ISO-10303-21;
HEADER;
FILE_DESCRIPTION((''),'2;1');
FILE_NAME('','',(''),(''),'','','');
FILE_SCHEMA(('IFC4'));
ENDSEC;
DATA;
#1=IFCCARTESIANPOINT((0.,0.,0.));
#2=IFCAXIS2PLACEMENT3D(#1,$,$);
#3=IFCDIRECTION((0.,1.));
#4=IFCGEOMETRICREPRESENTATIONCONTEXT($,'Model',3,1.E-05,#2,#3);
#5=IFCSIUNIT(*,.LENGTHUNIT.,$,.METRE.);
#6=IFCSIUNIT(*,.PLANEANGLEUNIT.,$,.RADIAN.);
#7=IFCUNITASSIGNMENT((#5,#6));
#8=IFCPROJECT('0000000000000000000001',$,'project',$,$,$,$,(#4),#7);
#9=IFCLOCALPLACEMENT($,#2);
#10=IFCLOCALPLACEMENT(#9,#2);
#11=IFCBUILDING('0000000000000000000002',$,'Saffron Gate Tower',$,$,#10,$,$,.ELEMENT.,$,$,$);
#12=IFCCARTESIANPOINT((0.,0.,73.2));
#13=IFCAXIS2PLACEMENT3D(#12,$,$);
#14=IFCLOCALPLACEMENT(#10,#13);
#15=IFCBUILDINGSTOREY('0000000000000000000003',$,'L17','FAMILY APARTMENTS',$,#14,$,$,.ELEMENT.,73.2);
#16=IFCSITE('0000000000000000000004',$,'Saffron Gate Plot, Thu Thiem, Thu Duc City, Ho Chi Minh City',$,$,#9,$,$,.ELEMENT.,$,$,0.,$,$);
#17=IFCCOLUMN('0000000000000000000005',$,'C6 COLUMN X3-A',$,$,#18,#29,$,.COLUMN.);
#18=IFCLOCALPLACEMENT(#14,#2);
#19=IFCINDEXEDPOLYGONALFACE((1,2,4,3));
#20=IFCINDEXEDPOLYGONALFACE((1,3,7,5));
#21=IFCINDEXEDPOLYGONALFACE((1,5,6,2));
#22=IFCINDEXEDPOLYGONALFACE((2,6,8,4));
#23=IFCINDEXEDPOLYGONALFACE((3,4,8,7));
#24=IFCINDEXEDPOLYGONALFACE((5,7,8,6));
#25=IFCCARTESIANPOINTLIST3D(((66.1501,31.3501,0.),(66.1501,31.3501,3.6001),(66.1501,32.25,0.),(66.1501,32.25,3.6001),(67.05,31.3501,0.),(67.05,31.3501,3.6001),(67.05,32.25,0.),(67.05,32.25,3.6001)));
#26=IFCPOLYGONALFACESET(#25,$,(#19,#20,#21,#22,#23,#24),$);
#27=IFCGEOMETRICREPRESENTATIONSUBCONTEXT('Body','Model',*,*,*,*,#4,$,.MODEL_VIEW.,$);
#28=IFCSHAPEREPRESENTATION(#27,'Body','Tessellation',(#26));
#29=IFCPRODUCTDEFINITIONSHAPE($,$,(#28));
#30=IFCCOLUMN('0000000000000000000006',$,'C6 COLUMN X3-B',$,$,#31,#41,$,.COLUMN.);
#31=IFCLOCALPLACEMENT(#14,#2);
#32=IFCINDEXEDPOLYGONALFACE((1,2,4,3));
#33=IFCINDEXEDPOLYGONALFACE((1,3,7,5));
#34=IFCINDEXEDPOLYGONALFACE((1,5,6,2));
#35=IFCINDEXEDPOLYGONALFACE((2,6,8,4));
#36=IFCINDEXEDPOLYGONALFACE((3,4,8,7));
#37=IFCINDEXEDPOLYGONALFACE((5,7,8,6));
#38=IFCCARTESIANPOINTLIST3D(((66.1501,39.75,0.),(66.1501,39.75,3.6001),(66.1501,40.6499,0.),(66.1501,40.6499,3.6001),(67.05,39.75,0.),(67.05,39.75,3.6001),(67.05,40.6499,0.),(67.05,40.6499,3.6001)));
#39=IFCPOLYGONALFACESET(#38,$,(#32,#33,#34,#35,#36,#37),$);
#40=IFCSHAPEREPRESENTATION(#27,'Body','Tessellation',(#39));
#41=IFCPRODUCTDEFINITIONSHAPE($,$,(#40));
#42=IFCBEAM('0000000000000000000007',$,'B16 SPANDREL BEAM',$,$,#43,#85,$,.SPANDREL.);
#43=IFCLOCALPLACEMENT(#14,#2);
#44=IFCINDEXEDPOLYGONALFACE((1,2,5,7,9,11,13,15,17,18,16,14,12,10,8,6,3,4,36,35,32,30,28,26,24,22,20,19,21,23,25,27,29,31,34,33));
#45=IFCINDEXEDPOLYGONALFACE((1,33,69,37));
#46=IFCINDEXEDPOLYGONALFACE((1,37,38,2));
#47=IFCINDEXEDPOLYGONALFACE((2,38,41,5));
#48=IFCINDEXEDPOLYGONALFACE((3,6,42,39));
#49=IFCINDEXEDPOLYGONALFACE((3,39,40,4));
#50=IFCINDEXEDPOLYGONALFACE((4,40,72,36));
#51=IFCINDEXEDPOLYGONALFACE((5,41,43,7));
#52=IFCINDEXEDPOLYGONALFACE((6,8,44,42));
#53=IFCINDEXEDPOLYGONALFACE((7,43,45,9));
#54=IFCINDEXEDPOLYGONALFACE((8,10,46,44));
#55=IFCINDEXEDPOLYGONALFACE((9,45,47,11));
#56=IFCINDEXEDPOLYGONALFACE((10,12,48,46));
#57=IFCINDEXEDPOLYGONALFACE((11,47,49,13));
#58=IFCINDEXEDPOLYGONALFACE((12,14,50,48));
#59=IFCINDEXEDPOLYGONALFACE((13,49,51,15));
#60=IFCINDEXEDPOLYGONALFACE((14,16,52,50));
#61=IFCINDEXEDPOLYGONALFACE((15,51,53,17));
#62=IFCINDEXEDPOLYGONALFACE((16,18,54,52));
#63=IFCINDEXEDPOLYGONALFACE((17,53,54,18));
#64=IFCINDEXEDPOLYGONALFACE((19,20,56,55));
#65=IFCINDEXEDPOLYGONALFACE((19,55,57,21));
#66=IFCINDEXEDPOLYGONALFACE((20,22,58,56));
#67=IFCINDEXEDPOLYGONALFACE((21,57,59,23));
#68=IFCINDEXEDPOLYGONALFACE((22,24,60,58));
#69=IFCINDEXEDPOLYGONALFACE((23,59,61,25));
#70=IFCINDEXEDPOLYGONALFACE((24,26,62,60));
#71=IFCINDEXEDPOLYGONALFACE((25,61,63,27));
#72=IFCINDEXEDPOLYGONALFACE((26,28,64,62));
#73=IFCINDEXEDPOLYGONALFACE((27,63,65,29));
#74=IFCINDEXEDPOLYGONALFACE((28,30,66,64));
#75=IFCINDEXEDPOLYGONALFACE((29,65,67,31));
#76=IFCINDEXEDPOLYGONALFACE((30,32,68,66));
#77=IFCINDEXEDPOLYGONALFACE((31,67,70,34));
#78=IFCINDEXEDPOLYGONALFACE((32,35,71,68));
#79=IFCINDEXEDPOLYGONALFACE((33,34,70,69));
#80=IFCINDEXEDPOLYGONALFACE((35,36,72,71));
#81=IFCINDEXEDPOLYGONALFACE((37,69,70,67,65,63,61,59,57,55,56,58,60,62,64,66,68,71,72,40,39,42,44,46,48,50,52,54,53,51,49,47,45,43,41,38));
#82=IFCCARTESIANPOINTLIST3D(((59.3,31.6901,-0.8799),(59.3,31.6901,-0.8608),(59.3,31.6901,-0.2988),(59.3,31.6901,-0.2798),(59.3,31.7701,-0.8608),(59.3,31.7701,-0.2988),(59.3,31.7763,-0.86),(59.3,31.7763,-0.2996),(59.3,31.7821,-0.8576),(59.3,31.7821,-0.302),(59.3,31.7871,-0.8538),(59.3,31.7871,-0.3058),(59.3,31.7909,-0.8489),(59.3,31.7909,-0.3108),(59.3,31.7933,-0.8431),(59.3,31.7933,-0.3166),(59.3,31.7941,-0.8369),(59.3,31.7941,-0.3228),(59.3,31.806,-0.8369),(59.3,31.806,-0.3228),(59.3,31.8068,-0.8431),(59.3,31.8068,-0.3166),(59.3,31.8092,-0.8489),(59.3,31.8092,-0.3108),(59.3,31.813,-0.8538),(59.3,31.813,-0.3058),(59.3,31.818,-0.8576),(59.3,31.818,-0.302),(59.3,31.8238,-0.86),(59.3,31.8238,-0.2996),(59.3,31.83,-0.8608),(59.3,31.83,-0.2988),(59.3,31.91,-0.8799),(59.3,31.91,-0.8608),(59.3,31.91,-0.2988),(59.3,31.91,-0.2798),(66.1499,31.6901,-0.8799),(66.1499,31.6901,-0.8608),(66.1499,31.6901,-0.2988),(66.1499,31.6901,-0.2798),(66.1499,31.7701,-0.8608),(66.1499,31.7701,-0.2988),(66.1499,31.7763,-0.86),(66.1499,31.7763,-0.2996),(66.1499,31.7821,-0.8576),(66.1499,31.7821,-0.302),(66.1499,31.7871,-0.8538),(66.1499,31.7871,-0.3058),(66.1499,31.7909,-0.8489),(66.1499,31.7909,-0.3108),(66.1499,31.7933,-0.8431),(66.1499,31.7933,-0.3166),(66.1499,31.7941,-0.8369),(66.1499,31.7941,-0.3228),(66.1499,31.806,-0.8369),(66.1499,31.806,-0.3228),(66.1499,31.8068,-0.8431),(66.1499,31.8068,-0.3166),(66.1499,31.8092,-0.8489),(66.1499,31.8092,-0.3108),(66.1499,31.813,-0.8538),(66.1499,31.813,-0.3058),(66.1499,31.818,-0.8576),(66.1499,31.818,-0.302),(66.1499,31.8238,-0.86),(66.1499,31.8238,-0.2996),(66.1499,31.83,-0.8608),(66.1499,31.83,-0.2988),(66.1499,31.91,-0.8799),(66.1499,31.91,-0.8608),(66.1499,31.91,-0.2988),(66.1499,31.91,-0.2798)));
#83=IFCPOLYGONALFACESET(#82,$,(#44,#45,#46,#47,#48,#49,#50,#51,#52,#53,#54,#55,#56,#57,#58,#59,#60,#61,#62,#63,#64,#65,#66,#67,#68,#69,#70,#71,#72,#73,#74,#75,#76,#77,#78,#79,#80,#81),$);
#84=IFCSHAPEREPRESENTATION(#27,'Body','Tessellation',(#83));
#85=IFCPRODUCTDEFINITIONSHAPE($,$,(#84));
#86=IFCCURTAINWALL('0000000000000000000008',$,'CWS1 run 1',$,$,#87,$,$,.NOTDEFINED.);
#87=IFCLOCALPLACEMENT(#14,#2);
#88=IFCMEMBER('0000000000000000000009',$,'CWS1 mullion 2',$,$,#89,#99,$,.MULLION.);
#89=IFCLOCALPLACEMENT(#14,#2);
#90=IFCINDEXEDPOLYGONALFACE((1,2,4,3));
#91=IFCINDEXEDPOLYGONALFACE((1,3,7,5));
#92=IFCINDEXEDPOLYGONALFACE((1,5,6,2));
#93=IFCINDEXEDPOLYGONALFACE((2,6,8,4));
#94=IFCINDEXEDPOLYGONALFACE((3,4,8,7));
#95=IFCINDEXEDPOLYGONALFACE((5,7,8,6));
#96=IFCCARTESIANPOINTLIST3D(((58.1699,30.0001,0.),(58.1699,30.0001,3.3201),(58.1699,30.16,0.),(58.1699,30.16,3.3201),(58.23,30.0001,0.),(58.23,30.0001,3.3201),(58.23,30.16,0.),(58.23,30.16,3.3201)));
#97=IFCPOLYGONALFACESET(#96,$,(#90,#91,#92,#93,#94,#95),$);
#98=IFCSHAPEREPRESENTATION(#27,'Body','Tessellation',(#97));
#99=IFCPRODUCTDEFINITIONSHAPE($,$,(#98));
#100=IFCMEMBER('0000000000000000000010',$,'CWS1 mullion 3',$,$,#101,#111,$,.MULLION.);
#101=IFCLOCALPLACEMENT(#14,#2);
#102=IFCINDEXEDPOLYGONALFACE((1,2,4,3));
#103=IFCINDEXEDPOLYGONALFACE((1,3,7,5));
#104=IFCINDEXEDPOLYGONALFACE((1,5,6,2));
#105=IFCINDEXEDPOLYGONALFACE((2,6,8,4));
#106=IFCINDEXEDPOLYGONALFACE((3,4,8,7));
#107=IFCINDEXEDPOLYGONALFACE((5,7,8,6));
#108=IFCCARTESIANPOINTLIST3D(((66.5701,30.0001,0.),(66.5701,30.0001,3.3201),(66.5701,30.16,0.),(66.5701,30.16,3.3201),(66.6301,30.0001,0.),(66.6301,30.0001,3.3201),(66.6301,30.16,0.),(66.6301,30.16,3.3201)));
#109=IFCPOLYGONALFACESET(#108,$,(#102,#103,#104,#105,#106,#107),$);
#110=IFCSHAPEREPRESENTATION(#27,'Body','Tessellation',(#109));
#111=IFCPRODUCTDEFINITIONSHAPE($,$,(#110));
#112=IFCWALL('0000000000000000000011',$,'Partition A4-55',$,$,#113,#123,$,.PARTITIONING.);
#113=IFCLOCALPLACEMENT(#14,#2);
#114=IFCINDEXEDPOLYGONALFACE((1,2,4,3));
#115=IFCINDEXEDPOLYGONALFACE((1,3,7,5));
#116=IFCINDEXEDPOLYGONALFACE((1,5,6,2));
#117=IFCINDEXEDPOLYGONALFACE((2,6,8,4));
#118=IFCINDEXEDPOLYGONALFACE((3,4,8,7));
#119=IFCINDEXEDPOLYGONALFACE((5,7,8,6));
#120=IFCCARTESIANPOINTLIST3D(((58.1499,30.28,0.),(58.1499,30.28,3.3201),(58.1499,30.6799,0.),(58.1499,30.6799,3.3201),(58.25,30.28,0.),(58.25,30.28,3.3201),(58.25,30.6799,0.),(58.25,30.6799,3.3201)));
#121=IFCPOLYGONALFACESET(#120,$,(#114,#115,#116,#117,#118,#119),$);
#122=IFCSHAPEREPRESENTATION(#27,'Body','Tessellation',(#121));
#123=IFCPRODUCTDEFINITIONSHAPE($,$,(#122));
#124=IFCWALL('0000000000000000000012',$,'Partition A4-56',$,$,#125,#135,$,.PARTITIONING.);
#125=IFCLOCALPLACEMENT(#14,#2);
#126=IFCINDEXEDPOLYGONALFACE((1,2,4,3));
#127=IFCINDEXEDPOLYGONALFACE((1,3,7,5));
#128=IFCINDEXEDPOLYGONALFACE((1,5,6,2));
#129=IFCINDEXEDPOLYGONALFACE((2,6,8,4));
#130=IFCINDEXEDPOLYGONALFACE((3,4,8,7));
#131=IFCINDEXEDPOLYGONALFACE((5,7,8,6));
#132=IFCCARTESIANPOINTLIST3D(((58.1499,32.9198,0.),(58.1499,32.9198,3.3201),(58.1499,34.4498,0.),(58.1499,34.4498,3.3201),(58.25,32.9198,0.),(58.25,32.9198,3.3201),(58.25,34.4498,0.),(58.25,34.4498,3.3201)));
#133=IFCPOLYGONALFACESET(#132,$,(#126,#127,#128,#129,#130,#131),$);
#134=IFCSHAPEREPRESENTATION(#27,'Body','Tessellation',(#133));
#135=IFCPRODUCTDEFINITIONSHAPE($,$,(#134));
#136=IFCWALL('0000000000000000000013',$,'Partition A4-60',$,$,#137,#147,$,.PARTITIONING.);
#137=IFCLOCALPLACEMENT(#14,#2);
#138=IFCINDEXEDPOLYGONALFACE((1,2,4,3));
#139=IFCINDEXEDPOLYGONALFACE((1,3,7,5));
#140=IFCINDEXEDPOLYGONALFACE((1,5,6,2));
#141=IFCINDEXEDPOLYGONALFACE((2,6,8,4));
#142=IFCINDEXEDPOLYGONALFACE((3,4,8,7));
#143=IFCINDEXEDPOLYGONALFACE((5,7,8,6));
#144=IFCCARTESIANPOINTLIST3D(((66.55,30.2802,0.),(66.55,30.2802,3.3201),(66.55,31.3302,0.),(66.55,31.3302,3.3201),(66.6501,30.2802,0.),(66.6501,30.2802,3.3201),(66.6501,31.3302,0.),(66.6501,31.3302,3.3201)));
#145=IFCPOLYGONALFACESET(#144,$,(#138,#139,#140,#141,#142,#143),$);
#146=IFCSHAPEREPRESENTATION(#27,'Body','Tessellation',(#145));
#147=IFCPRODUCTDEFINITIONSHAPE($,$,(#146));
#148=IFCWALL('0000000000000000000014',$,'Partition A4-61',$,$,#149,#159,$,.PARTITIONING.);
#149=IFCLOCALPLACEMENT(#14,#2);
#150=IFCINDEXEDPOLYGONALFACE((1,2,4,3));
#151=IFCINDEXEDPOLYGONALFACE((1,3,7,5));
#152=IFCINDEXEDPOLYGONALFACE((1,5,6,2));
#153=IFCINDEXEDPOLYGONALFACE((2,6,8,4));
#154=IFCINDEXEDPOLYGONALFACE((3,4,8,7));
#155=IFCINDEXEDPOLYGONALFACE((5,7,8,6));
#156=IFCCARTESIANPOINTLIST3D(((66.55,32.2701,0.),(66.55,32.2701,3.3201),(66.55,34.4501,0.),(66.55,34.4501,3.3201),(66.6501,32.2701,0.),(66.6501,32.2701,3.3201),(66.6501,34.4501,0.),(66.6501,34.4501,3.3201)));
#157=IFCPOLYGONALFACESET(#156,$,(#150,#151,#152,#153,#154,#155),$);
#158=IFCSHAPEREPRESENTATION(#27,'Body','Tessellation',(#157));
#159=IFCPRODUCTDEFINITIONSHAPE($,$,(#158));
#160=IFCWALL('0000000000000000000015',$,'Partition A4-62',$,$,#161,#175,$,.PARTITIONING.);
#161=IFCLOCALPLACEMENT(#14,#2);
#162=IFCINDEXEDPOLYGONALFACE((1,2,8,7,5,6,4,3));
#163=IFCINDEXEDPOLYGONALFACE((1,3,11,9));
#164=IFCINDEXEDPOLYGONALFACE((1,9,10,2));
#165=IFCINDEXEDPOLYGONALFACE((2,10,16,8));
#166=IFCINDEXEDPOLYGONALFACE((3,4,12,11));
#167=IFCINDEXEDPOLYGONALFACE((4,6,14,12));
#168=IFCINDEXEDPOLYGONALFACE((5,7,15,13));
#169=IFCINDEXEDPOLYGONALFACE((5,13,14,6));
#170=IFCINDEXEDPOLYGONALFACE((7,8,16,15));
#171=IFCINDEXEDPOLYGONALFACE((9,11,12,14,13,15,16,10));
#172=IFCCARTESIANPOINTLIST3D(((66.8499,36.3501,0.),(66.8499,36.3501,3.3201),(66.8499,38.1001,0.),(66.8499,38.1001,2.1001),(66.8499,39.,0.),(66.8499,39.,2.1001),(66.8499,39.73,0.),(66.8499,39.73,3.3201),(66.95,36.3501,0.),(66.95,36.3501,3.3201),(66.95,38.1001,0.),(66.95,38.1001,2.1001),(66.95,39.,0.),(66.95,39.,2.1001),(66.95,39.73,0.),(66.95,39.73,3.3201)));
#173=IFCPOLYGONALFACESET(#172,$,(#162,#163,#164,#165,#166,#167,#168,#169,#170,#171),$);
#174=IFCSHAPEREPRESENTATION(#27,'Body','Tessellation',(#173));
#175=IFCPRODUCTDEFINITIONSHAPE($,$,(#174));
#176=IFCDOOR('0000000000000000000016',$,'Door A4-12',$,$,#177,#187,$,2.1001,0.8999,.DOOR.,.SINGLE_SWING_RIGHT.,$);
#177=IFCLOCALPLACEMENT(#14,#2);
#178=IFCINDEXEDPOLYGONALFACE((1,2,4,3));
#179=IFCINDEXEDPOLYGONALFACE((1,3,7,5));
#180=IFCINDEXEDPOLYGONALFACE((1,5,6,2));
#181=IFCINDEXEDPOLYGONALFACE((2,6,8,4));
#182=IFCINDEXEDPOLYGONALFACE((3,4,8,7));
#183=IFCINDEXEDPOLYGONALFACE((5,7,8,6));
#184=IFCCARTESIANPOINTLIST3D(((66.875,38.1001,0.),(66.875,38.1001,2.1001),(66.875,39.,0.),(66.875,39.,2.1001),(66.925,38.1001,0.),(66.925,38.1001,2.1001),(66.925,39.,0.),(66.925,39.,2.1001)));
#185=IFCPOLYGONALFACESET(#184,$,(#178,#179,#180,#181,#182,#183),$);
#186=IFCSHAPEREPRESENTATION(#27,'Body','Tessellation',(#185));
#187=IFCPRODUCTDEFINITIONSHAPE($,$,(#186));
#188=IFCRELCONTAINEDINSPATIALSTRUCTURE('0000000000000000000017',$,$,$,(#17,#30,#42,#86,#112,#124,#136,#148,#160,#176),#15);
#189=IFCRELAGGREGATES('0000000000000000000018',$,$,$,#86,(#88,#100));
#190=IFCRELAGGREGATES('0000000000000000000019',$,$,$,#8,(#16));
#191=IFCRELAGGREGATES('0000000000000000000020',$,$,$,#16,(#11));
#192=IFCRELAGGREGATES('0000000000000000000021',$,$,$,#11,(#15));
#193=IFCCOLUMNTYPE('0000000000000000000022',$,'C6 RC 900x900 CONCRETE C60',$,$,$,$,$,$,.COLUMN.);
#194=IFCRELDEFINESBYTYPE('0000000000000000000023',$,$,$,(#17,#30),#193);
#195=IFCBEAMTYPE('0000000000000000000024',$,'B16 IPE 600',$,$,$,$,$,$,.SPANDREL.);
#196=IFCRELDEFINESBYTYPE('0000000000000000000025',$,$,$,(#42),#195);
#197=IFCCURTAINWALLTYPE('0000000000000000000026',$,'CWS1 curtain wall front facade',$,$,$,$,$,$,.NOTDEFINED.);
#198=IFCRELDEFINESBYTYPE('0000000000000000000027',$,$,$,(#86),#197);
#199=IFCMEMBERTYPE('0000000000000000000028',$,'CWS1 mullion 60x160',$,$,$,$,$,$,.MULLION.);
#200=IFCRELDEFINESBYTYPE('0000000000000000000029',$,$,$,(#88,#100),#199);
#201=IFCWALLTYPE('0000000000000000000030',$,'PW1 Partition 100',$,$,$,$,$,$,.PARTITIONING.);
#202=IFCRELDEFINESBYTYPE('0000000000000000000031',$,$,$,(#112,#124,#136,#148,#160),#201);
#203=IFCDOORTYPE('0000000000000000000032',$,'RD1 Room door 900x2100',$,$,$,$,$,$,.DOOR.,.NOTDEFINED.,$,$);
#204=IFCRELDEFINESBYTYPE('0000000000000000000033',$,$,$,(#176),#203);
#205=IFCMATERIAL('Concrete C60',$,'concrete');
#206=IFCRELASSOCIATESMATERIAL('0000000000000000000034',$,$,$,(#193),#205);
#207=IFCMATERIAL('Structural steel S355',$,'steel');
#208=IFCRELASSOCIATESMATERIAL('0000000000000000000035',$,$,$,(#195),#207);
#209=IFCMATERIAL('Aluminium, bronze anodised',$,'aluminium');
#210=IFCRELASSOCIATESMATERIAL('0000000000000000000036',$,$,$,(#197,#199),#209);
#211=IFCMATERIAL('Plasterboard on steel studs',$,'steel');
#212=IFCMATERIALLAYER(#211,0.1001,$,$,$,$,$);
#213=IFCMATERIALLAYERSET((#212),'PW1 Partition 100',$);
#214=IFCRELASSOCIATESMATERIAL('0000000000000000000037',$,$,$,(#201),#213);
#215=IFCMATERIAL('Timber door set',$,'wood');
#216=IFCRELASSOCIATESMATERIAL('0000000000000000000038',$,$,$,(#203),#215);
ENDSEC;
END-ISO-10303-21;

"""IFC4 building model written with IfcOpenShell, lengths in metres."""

from ifc_helpers import new_model, si_unit, direction, frame, frame_2d, origin, origin_2d, place, context, subcontext, project, spatial, rectangle, i_section, extrude, material, layer, layer_set, material_profile, profile_set, type_object, element, fill, aggregate, save


model = new_model("IFC4")

# Units and contexts
model_context = context("Model", 3, precision=1e-05, world=origin(), true_north=direction((0.0, 1.0)))
body_context = subcontext(model_context, "Body", "Model", "MODEL_VIEW")
ifc_project = project(units=[si_unit("LENGTHUNIT", "METRE"), si_unit("PLANEANGLEUNIT", "RADIAN")], contexts=[model_context])

# Site, building, storey
site_placement = place(None, origin())
site = spatial("IfcSite", under=ifc_project, at=site_placement, Name="Saffron Gate Plot, Thu Thiem, Thu Duc City, Ho Chi Minh City", CompositionType="ELEMENT", RefElevation=0.0)
building_placement = place(site_placement, origin())
building = spatial("IfcBuilding", under=site, at=building_placement, Name="Saffron Gate Tower", CompositionType="ELEMENT")
storey_placement = place(building_placement, frame((0.0, 0.0, 73.2)))
storey = spatial("IfcBuildingStorey", under=building, at=storey_placement, Name="L17", Description="FAMILY APARTMENTS", CompositionType="ELEMENT", Elevation=73.2)

# Columns
ifc_material_1 = material(Name="Concrete C60", Category="concrete")
ifc_material_profile_1 = material_profile(ifc_material_1, rectangle(XDim=0.8999, YDim=0.8999, at=origin_2d()))
ifc_profile_set_1 = profile_set([ifc_material_profile_1], Name="Concrete C60")
column_type = type_object("IfcColumnType", Name="C6 RC 900x900 CONCRETE C60", PredefinedType="COLUMN", material=ifc_profile_set_1)
for number, where, z_axis, x_axis, name in (
    (1, (66.6001, 31.8, 0.0), (0.0, 0.0, 1.0), (1.0, 0.0, 0.0), "C6 COLUMN X3-A"),
    (2, (66.6001, 40.2, 0.0), (0.0, 0.0, 1.0), (1.0, 0.0, 0.0), "C6 COLUMN X3-B"),
):
    element("IfcColumn", number, at=place(storey_placement, frame(where, z_axis=z_axis, x_axis=x_axis)), inside=storey, type_object=column_type, Name=name, PredefinedType="COLUMN", context=body_context, shape_type="SweptSolid", body=[
        extrude(rectangle(XDim=0.8999, YDim=0.8999, at=origin_2d()), origin(), (0.0, 0.0, 1.0), 3.6001),
    ])

# Beam
ifc_material_2 = material(Name="Structural steel S355", Category="steel")
ifc_material_profile_2 = material_profile(ifc_material_2, i_section(OverallWidth=0.22, OverallDepth=0.6001, WebThickness=0.012, FlangeThickness=0.019, FilletRadius=0.0239, at=origin_2d()))
ifc_profile_set_2 = profile_set([ifc_material_profile_2], Name="Structural steel S355")
beam_type = type_object("IfcBeamType", Name="B16 IPE 600", PredefinedType="SPANDREL", material=ifc_profile_set_2)
beam_placement = place(storey_placement, frame((59.3, 31.8, -0.5798), z_axis=(1.0, 0.0, 0.0), x_axis=(0.0, 1.0, 0.0)))
element("IfcBeam", 3, at=beam_placement, inside=storey, type_object=beam_type, Name="B16 SPANDREL BEAM", PredefinedType="SPANDREL", context=body_context, shape_type="SweptSolid", body=[
    extrude(i_section(OverallWidth=0.22, OverallDepth=0.6001, WebThickness=0.012, FlangeThickness=0.019, FilletRadius=0.0239, at=origin_2d()), origin(), (0.0, 0.0, 1.0), 6.8499),
])

# Curtain wall, members
ifc_material_3 = material(Name="Aluminium, bronze anodised", Category="aluminium")
curtain_wall_type = type_object("IfcCurtainWallType", Name="CWS1 curtain wall front facade", PredefinedType="NOTDEFINED", material=ifc_material_3)
curtain_wall_placement = place(storey_placement, origin())
curtain_wall = element("IfcCurtainWall", 4, at=curtain_wall_placement, inside=storey, type_object=curtain_wall_type, Name="CWS1 run 1", PredefinedType="NOTDEFINED")
ifc_material_profile_3 = material_profile(ifc_material_3, rectangle(XDim=0.1599, YDim=0.0601, at=origin_2d()))
ifc_profile_set_3 = profile_set([ifc_material_profile_3], Name="Aluminium, bronze anodised")
member_type = type_object("IfcMemberType", Name="CWS1 mullion 60x160", PredefinedType="MULLION", material=ifc_profile_set_3)
member_1_placement = place(storey_placement, frame((58.2, 30.0801, 0.0), z_axis=(0.0, 0.0, 1.0), x_axis=(0.0, 1.0, 0.0)))
member_1 = element("IfcMember", 5, at=member_1_placement, type_object=member_type, Name="CWS1 mullion 2", PredefinedType="MULLION", context=body_context, shape_type="SweptSolid", body=[
    extrude(rectangle(XDim=0.1599, YDim=0.0601, at=origin_2d()), origin(), (0.0, 0.0, 1.0), 3.3201),
])
member_2_placement = place(storey_placement, frame((66.6001, 30.0801, 0.0), z_axis=(0.0, 0.0, 1.0), x_axis=(0.0, 1.0, 0.0)))
member_2 = element("IfcMember", 6, at=member_2_placement, type_object=member_type, Name="CWS1 mullion 3", PredefinedType="MULLION", context=body_context, shape_type="SweptSolid", body=[
    extrude(rectangle(XDim=0.1599, YDim=0.0601, at=origin_2d()), origin(), (0.0, 0.0, 1.0), 3.3201),
])
aggregate(curtain_wall, [member_1, member_2])

# Walls
ifc_material_4 = material(Name="Plasterboard on steel studs", Category="steel")
ifc_layer_1 = layer(ifc_material_4, 0.1001)
ifc_layer_set_1 = layer_set([ifc_layer_1], Name="PW1 Partition 100")
wall_type_1 = type_object("IfcWallType", Name="PW1 Partition 100", PredefinedType="PARTITIONING", material=ifc_layer_set_1)
wall_1_placement = place(storey_placement, frame((58.2, 30.6799, 0.0), z_axis=(0.0, 0.0, 1.0), x_axis=(0.0, -1.0, 0.0)))
element("IfcWall", 7, at=wall_1_placement, inside=storey, type_object=wall_type_1, Name="Partition A4-55", PredefinedType="PARTITIONING", context=body_context, shape_type="SweptSolid", body=[
    extrude(rectangle(XDim=0.3999, YDim=0.1001, at=frame_2d((0.2, 0.0))), origin(), (0.0, 0.0, 1.0), 3.3201),
])
wall_2_placement = place(storey_placement, frame((58.2, 34.45, 0.0), z_axis=(0.0, 0.0, 1.0), x_axis=(0.0, -1.0, 0.0)))
element("IfcWall", 8, at=wall_2_placement, inside=storey, type_object=wall_type_1, Name="Partition A4-56", PredefinedType="PARTITIONING", context=body_context, shape_type="SweptSolid", body=[
    extrude(rectangle(XDim=1.53, YDim=0.1001, at=frame_2d((0.7651, 0.0))), origin(), (0.0, 0.0, 1.0), 3.3201),
])
wall_3_placement = place(storey_placement, frame((66.6001, 31.3301, 0.0), z_axis=(0.0, 0.0, 1.0), x_axis=(0.0, -1.0, 0.0)))
element("IfcWall", 9, at=wall_3_placement, inside=storey, type_object=wall_type_1, Name="Partition A4-60", PredefinedType="PARTITIONING", context=body_context, shape_type="SweptSolid", body=[
    extrude(rectangle(XDim=1.05, YDim=0.1001, at=frame_2d((0.5249, 0.0))), origin(), (0.0, 0.0, 1.0), 3.3201),
])
wall_4_placement = place(storey_placement, frame((66.6001, 34.45, 0.0), z_axis=(0.0, 0.0, 1.0), x_axis=(0.0, -1.0, 0.0)))
element("IfcWall", 10, at=wall_4_placement, inside=storey, type_object=wall_type_1, Name="Partition A4-61", PredefinedType="PARTITIONING", context=body_context, shape_type="SweptSolid", body=[
    extrude(rectangle(XDim=2.1799, YDim=0.1001, at=frame_2d((1.0898, 0.0))), origin(), (0.0, 0.0, 1.0), 3.3201),
])

# Wall, opening, door
wall_5_placement = place(storey_placement, frame((66.8999, 36.3501, 0.0), z_axis=(0.0, 0.0, 1.0), x_axis=(0.0, 1.0, 0.0)))
wall_5 = element("IfcWall", 11, at=wall_5_placement, inside=storey, type_object=wall_type_1, Name="Partition A4-62", PredefinedType="PARTITIONING", context=body_context, shape_type="SweptSolid", body=[
    extrude(rectangle(XDim=3.3799, YDim=0.1001, at=frame_2d((1.6899, 0.0))), origin(), (0.0, 0.0, 1.0), 3.3201),
])
opening_1_placement = place(wall_5_placement, frame((1.75, 0.0, 0.0)))
opening_1 = element("IfcOpeningElement", 12, at=opening_1_placement, cuts=wall_5, PredefinedType="OPENING", context=body_context, shape_type="SweptSolid", body=[
    extrude(rectangle(XDim=0.8999, YDim=2.1001, at=frame_2d((0.45, 1.05))), frame((0.0, 0.0601, 0.0), z_axis=(0.0, -1.0, 0.0), x_axis=(1.0, 0.0, 0.0)), (0.0, 0.0, 1.0), 0.1201),
])
ifc_material_5 = material(Name="Timber door set", Category="wood")
door_type_1 = type_object("IfcDoorType", Name="RD1 Room door 900x2100", OperationType="NOTDEFINED", PredefinedType="DOOR", material=ifc_material_5)
door_1_placement = place(opening_1_placement, origin())
door_1 = element("IfcDoor", 13, at=door_1_placement, inside=storey, type_object=door_type_1, Name="Door A4-12", OperationType="SINGLE_SWING_RIGHT", OverallHeight=2.1001, OverallWidth=0.8999, PredefinedType="DOOR", context=body_context, shape_type="SweptSolid", body=[
    extrude(rectangle(XDim=0.8999, YDim=2.1001, at=frame_2d((0.45, 1.05))), frame((0.0, 0.0249, 0.0), z_axis=(0.0, -1.0, 0.0), x_axis=(1.0, 0.0, 0.0)), (0.0, 0.0, 1.0), 0.05),
])
fill(opening_1, door_1)

save(model, "model.ifc")
